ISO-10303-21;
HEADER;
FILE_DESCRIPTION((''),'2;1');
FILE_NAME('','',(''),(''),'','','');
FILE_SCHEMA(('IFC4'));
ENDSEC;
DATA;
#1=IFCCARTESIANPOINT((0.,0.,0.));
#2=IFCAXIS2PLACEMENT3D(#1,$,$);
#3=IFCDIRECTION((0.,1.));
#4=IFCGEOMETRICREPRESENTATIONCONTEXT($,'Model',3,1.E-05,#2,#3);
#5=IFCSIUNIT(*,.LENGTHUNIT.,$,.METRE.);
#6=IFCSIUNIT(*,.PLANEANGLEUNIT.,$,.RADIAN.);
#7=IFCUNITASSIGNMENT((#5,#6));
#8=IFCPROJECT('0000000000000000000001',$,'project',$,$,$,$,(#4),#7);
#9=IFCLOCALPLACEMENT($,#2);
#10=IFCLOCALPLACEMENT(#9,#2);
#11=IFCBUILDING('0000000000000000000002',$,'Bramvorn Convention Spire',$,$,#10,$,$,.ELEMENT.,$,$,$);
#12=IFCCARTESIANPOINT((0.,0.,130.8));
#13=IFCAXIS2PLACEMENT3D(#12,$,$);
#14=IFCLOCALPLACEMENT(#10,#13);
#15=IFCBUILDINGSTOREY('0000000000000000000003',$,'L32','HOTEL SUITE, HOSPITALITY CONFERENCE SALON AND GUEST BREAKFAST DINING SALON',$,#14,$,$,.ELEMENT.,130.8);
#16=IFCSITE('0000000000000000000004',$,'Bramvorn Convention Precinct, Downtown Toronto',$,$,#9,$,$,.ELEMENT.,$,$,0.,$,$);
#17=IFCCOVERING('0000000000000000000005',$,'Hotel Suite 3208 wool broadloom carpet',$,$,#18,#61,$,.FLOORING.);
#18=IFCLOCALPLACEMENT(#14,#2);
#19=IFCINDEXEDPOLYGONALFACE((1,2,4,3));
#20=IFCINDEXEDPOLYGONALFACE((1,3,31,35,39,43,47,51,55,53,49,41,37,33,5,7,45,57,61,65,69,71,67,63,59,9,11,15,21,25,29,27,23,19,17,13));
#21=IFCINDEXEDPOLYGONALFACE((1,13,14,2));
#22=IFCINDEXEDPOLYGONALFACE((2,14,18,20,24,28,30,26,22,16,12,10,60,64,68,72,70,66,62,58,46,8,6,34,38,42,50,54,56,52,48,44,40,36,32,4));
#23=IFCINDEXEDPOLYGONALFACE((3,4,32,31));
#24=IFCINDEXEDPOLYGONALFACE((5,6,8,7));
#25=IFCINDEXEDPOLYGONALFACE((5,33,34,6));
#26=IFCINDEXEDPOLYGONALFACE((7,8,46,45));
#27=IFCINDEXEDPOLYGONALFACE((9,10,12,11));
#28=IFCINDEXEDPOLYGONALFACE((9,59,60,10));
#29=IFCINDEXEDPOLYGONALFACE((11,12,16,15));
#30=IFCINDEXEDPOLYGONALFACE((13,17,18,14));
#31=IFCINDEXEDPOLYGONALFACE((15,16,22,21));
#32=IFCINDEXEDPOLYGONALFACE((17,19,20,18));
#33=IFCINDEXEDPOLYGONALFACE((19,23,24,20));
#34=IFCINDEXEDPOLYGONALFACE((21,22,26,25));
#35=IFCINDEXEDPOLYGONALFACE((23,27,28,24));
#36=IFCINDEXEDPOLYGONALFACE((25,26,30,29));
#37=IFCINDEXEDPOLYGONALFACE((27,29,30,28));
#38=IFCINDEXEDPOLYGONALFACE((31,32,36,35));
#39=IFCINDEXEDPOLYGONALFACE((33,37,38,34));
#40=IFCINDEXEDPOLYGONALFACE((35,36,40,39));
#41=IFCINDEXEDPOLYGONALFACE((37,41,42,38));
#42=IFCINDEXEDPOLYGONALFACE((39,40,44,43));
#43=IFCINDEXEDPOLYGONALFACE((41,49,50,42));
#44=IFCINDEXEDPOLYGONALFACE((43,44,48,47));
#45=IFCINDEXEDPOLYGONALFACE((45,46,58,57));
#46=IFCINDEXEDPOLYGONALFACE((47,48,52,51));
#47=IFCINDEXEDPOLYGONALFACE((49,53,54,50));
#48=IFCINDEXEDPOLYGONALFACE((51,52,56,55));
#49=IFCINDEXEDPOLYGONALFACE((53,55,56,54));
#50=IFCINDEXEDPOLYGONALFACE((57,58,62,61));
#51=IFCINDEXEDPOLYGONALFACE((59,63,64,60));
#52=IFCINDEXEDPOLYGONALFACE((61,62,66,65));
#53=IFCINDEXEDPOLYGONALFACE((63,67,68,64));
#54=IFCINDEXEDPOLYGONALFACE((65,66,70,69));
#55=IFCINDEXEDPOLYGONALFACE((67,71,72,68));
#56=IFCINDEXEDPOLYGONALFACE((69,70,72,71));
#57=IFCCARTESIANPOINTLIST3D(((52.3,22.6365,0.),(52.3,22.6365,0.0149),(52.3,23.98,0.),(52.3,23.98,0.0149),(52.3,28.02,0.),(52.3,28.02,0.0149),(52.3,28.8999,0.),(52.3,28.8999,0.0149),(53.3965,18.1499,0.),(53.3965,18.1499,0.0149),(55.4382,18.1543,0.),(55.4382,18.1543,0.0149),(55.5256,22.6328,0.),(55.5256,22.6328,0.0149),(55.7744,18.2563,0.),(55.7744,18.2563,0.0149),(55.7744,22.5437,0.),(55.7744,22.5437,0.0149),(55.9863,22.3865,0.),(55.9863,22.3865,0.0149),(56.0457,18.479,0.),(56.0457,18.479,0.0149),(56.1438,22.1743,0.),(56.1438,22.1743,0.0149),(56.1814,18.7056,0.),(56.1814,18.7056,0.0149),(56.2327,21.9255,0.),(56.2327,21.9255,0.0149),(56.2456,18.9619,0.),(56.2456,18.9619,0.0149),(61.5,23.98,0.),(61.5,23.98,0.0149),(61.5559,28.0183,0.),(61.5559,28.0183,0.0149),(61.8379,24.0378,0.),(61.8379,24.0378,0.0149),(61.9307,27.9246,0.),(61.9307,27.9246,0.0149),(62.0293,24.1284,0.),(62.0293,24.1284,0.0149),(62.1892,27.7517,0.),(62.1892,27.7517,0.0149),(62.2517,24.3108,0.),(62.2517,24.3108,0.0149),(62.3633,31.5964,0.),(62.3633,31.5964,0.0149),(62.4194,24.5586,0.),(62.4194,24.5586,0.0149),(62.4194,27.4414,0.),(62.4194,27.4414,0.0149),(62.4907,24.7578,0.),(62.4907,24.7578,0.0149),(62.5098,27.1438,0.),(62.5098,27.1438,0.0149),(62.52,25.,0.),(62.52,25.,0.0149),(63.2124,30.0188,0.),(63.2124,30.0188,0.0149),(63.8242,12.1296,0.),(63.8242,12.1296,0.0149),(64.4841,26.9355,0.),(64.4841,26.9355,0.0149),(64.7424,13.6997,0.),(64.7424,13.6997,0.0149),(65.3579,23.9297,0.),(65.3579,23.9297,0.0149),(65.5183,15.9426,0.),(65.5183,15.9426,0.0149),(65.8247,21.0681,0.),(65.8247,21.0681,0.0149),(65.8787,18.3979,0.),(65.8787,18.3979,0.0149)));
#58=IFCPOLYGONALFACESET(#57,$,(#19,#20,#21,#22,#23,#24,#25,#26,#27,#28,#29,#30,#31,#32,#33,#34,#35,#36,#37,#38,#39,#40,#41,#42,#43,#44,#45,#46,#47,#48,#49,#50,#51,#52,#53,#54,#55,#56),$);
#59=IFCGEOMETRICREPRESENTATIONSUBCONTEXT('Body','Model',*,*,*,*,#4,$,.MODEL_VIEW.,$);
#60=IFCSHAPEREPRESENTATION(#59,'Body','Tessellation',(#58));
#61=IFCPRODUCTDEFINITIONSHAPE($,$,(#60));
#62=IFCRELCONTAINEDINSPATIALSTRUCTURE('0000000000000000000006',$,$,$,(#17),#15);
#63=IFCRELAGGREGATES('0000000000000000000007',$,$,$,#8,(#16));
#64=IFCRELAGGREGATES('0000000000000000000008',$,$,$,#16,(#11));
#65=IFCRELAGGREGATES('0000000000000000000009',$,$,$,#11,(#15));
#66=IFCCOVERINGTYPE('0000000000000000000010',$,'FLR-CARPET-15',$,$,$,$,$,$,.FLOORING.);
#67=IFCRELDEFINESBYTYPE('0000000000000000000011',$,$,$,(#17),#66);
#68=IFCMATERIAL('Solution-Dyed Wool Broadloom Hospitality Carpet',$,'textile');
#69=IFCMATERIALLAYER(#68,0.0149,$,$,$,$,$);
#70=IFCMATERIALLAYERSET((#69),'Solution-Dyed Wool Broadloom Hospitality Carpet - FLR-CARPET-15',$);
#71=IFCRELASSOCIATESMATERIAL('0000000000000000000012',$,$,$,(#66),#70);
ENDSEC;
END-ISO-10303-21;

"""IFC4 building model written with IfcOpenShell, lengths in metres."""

from ifc_helpers import new_model, si_unit, direction, frame, origin, place, context, subcontext, project, spatial, polyline, outline, extrude, material, layer, layer_set, type_object, element, save


model = new_model("IFC4")

# Units and contexts
model_context = context("Model", 3, precision=1e-05, world=origin(), true_north=direction((0.0, 1.0)))
body_context = subcontext(model_context, "Body", "Model", "MODEL_VIEW")
ifc_project = project(units=[si_unit("LENGTHUNIT", "METRE"), si_unit("PLANEANGLEUNIT", "RADIAN")], contexts=[model_context])

# Site, building, storey
site_placement = place(None, origin())
site = spatial("IfcSite", under=ifc_project, at=site_placement, Name="Bramvorn Convention Precinct, Downtown Toronto", CompositionType="ELEMENT", RefElevation=0.0)
building_placement = place(site_placement, origin())
building = spatial("IfcBuilding", under=site, at=building_placement, Name="Bramvorn Convention Spire", CompositionType="ELEMENT")
storey_placement = place(building_placement, frame((0.0, 0.0, 130.8)))
storey = spatial("IfcBuildingStorey", under=building, at=storey_placement, Name="L32", Description="HOTEL SUITE, HOSPITALITY CONFERENCE SALON AND GUEST BREAKFAST DINING SALON", CompositionType="ELEMENT", Elevation=130.8)

# Covering
ifc_material_1 = material(Name="Solution-Dyed Wool Broadloom Hospitality Carpet", Category="textile")
ifc_layer_1 = layer(ifc_material_1, 0.0149)
ifc_layer_set_1 = layer_set([ifc_layer_1], Name="Solution-Dyed Wool Broadloom Hospitality Carpet - FLR-CARPET-15")
covering_type = type_object("IfcCoveringType", Name="FLR-CARPET-15", PredefinedType="FLOORING", material=ifc_layer_set_1)
covering_1_placement = place(storey_placement, origin())
element("IfcCovering", 1, at=covering_1_placement, inside=storey, type_object=covering_type, Name="Hotel Suite 3208 wool broadloom carpet", PredefinedType="FLOORING", context=body_context, shape_type="SweptSolid", body=[
    extrude(outline(polyline([(63.8242, 12.1296), (64.7424, 13.6997), (65.5183, 15.9426), (65.8787, 18.3979), (65.8247, 21.0681), (65.3579, 23.9297), (64.4841, 26.9355), (63.2124, 30.0188), (62.3633, 31.5964), (52.3, 28.8999), (52.3, 28.02), (61.5559, 28.0183), (61.9307, 27.9246), (62.1892, 27.7517), (62.4194, 27.4414), (62.5098, 27.1438), (62.52, 25.0), (62.4907, 24.7578), (62.4194, 24.5586), (62.2517, 24.3108), (62.0293, 24.1284), (61.8379, 24.0378), (61.5, 23.98), (52.3, 23.98), (52.3, 22.6365), (55.5256, 22.6328), (55.7744, 22.5437), (55.9863, 22.3865), (56.1438, 22.1743), (56.2327, 21.9255), (56.2456, 18.9619), (56.1814, 18.7056), (56.0457, 18.479), (55.7744, 18.2563), (55.4382, 18.1543), (53.3965, 18.1499), (63.8242, 12.1296)])), origin(), (0.0, 0.0, 1.0), 0.0149),
])

save(model, "model.ifc")
